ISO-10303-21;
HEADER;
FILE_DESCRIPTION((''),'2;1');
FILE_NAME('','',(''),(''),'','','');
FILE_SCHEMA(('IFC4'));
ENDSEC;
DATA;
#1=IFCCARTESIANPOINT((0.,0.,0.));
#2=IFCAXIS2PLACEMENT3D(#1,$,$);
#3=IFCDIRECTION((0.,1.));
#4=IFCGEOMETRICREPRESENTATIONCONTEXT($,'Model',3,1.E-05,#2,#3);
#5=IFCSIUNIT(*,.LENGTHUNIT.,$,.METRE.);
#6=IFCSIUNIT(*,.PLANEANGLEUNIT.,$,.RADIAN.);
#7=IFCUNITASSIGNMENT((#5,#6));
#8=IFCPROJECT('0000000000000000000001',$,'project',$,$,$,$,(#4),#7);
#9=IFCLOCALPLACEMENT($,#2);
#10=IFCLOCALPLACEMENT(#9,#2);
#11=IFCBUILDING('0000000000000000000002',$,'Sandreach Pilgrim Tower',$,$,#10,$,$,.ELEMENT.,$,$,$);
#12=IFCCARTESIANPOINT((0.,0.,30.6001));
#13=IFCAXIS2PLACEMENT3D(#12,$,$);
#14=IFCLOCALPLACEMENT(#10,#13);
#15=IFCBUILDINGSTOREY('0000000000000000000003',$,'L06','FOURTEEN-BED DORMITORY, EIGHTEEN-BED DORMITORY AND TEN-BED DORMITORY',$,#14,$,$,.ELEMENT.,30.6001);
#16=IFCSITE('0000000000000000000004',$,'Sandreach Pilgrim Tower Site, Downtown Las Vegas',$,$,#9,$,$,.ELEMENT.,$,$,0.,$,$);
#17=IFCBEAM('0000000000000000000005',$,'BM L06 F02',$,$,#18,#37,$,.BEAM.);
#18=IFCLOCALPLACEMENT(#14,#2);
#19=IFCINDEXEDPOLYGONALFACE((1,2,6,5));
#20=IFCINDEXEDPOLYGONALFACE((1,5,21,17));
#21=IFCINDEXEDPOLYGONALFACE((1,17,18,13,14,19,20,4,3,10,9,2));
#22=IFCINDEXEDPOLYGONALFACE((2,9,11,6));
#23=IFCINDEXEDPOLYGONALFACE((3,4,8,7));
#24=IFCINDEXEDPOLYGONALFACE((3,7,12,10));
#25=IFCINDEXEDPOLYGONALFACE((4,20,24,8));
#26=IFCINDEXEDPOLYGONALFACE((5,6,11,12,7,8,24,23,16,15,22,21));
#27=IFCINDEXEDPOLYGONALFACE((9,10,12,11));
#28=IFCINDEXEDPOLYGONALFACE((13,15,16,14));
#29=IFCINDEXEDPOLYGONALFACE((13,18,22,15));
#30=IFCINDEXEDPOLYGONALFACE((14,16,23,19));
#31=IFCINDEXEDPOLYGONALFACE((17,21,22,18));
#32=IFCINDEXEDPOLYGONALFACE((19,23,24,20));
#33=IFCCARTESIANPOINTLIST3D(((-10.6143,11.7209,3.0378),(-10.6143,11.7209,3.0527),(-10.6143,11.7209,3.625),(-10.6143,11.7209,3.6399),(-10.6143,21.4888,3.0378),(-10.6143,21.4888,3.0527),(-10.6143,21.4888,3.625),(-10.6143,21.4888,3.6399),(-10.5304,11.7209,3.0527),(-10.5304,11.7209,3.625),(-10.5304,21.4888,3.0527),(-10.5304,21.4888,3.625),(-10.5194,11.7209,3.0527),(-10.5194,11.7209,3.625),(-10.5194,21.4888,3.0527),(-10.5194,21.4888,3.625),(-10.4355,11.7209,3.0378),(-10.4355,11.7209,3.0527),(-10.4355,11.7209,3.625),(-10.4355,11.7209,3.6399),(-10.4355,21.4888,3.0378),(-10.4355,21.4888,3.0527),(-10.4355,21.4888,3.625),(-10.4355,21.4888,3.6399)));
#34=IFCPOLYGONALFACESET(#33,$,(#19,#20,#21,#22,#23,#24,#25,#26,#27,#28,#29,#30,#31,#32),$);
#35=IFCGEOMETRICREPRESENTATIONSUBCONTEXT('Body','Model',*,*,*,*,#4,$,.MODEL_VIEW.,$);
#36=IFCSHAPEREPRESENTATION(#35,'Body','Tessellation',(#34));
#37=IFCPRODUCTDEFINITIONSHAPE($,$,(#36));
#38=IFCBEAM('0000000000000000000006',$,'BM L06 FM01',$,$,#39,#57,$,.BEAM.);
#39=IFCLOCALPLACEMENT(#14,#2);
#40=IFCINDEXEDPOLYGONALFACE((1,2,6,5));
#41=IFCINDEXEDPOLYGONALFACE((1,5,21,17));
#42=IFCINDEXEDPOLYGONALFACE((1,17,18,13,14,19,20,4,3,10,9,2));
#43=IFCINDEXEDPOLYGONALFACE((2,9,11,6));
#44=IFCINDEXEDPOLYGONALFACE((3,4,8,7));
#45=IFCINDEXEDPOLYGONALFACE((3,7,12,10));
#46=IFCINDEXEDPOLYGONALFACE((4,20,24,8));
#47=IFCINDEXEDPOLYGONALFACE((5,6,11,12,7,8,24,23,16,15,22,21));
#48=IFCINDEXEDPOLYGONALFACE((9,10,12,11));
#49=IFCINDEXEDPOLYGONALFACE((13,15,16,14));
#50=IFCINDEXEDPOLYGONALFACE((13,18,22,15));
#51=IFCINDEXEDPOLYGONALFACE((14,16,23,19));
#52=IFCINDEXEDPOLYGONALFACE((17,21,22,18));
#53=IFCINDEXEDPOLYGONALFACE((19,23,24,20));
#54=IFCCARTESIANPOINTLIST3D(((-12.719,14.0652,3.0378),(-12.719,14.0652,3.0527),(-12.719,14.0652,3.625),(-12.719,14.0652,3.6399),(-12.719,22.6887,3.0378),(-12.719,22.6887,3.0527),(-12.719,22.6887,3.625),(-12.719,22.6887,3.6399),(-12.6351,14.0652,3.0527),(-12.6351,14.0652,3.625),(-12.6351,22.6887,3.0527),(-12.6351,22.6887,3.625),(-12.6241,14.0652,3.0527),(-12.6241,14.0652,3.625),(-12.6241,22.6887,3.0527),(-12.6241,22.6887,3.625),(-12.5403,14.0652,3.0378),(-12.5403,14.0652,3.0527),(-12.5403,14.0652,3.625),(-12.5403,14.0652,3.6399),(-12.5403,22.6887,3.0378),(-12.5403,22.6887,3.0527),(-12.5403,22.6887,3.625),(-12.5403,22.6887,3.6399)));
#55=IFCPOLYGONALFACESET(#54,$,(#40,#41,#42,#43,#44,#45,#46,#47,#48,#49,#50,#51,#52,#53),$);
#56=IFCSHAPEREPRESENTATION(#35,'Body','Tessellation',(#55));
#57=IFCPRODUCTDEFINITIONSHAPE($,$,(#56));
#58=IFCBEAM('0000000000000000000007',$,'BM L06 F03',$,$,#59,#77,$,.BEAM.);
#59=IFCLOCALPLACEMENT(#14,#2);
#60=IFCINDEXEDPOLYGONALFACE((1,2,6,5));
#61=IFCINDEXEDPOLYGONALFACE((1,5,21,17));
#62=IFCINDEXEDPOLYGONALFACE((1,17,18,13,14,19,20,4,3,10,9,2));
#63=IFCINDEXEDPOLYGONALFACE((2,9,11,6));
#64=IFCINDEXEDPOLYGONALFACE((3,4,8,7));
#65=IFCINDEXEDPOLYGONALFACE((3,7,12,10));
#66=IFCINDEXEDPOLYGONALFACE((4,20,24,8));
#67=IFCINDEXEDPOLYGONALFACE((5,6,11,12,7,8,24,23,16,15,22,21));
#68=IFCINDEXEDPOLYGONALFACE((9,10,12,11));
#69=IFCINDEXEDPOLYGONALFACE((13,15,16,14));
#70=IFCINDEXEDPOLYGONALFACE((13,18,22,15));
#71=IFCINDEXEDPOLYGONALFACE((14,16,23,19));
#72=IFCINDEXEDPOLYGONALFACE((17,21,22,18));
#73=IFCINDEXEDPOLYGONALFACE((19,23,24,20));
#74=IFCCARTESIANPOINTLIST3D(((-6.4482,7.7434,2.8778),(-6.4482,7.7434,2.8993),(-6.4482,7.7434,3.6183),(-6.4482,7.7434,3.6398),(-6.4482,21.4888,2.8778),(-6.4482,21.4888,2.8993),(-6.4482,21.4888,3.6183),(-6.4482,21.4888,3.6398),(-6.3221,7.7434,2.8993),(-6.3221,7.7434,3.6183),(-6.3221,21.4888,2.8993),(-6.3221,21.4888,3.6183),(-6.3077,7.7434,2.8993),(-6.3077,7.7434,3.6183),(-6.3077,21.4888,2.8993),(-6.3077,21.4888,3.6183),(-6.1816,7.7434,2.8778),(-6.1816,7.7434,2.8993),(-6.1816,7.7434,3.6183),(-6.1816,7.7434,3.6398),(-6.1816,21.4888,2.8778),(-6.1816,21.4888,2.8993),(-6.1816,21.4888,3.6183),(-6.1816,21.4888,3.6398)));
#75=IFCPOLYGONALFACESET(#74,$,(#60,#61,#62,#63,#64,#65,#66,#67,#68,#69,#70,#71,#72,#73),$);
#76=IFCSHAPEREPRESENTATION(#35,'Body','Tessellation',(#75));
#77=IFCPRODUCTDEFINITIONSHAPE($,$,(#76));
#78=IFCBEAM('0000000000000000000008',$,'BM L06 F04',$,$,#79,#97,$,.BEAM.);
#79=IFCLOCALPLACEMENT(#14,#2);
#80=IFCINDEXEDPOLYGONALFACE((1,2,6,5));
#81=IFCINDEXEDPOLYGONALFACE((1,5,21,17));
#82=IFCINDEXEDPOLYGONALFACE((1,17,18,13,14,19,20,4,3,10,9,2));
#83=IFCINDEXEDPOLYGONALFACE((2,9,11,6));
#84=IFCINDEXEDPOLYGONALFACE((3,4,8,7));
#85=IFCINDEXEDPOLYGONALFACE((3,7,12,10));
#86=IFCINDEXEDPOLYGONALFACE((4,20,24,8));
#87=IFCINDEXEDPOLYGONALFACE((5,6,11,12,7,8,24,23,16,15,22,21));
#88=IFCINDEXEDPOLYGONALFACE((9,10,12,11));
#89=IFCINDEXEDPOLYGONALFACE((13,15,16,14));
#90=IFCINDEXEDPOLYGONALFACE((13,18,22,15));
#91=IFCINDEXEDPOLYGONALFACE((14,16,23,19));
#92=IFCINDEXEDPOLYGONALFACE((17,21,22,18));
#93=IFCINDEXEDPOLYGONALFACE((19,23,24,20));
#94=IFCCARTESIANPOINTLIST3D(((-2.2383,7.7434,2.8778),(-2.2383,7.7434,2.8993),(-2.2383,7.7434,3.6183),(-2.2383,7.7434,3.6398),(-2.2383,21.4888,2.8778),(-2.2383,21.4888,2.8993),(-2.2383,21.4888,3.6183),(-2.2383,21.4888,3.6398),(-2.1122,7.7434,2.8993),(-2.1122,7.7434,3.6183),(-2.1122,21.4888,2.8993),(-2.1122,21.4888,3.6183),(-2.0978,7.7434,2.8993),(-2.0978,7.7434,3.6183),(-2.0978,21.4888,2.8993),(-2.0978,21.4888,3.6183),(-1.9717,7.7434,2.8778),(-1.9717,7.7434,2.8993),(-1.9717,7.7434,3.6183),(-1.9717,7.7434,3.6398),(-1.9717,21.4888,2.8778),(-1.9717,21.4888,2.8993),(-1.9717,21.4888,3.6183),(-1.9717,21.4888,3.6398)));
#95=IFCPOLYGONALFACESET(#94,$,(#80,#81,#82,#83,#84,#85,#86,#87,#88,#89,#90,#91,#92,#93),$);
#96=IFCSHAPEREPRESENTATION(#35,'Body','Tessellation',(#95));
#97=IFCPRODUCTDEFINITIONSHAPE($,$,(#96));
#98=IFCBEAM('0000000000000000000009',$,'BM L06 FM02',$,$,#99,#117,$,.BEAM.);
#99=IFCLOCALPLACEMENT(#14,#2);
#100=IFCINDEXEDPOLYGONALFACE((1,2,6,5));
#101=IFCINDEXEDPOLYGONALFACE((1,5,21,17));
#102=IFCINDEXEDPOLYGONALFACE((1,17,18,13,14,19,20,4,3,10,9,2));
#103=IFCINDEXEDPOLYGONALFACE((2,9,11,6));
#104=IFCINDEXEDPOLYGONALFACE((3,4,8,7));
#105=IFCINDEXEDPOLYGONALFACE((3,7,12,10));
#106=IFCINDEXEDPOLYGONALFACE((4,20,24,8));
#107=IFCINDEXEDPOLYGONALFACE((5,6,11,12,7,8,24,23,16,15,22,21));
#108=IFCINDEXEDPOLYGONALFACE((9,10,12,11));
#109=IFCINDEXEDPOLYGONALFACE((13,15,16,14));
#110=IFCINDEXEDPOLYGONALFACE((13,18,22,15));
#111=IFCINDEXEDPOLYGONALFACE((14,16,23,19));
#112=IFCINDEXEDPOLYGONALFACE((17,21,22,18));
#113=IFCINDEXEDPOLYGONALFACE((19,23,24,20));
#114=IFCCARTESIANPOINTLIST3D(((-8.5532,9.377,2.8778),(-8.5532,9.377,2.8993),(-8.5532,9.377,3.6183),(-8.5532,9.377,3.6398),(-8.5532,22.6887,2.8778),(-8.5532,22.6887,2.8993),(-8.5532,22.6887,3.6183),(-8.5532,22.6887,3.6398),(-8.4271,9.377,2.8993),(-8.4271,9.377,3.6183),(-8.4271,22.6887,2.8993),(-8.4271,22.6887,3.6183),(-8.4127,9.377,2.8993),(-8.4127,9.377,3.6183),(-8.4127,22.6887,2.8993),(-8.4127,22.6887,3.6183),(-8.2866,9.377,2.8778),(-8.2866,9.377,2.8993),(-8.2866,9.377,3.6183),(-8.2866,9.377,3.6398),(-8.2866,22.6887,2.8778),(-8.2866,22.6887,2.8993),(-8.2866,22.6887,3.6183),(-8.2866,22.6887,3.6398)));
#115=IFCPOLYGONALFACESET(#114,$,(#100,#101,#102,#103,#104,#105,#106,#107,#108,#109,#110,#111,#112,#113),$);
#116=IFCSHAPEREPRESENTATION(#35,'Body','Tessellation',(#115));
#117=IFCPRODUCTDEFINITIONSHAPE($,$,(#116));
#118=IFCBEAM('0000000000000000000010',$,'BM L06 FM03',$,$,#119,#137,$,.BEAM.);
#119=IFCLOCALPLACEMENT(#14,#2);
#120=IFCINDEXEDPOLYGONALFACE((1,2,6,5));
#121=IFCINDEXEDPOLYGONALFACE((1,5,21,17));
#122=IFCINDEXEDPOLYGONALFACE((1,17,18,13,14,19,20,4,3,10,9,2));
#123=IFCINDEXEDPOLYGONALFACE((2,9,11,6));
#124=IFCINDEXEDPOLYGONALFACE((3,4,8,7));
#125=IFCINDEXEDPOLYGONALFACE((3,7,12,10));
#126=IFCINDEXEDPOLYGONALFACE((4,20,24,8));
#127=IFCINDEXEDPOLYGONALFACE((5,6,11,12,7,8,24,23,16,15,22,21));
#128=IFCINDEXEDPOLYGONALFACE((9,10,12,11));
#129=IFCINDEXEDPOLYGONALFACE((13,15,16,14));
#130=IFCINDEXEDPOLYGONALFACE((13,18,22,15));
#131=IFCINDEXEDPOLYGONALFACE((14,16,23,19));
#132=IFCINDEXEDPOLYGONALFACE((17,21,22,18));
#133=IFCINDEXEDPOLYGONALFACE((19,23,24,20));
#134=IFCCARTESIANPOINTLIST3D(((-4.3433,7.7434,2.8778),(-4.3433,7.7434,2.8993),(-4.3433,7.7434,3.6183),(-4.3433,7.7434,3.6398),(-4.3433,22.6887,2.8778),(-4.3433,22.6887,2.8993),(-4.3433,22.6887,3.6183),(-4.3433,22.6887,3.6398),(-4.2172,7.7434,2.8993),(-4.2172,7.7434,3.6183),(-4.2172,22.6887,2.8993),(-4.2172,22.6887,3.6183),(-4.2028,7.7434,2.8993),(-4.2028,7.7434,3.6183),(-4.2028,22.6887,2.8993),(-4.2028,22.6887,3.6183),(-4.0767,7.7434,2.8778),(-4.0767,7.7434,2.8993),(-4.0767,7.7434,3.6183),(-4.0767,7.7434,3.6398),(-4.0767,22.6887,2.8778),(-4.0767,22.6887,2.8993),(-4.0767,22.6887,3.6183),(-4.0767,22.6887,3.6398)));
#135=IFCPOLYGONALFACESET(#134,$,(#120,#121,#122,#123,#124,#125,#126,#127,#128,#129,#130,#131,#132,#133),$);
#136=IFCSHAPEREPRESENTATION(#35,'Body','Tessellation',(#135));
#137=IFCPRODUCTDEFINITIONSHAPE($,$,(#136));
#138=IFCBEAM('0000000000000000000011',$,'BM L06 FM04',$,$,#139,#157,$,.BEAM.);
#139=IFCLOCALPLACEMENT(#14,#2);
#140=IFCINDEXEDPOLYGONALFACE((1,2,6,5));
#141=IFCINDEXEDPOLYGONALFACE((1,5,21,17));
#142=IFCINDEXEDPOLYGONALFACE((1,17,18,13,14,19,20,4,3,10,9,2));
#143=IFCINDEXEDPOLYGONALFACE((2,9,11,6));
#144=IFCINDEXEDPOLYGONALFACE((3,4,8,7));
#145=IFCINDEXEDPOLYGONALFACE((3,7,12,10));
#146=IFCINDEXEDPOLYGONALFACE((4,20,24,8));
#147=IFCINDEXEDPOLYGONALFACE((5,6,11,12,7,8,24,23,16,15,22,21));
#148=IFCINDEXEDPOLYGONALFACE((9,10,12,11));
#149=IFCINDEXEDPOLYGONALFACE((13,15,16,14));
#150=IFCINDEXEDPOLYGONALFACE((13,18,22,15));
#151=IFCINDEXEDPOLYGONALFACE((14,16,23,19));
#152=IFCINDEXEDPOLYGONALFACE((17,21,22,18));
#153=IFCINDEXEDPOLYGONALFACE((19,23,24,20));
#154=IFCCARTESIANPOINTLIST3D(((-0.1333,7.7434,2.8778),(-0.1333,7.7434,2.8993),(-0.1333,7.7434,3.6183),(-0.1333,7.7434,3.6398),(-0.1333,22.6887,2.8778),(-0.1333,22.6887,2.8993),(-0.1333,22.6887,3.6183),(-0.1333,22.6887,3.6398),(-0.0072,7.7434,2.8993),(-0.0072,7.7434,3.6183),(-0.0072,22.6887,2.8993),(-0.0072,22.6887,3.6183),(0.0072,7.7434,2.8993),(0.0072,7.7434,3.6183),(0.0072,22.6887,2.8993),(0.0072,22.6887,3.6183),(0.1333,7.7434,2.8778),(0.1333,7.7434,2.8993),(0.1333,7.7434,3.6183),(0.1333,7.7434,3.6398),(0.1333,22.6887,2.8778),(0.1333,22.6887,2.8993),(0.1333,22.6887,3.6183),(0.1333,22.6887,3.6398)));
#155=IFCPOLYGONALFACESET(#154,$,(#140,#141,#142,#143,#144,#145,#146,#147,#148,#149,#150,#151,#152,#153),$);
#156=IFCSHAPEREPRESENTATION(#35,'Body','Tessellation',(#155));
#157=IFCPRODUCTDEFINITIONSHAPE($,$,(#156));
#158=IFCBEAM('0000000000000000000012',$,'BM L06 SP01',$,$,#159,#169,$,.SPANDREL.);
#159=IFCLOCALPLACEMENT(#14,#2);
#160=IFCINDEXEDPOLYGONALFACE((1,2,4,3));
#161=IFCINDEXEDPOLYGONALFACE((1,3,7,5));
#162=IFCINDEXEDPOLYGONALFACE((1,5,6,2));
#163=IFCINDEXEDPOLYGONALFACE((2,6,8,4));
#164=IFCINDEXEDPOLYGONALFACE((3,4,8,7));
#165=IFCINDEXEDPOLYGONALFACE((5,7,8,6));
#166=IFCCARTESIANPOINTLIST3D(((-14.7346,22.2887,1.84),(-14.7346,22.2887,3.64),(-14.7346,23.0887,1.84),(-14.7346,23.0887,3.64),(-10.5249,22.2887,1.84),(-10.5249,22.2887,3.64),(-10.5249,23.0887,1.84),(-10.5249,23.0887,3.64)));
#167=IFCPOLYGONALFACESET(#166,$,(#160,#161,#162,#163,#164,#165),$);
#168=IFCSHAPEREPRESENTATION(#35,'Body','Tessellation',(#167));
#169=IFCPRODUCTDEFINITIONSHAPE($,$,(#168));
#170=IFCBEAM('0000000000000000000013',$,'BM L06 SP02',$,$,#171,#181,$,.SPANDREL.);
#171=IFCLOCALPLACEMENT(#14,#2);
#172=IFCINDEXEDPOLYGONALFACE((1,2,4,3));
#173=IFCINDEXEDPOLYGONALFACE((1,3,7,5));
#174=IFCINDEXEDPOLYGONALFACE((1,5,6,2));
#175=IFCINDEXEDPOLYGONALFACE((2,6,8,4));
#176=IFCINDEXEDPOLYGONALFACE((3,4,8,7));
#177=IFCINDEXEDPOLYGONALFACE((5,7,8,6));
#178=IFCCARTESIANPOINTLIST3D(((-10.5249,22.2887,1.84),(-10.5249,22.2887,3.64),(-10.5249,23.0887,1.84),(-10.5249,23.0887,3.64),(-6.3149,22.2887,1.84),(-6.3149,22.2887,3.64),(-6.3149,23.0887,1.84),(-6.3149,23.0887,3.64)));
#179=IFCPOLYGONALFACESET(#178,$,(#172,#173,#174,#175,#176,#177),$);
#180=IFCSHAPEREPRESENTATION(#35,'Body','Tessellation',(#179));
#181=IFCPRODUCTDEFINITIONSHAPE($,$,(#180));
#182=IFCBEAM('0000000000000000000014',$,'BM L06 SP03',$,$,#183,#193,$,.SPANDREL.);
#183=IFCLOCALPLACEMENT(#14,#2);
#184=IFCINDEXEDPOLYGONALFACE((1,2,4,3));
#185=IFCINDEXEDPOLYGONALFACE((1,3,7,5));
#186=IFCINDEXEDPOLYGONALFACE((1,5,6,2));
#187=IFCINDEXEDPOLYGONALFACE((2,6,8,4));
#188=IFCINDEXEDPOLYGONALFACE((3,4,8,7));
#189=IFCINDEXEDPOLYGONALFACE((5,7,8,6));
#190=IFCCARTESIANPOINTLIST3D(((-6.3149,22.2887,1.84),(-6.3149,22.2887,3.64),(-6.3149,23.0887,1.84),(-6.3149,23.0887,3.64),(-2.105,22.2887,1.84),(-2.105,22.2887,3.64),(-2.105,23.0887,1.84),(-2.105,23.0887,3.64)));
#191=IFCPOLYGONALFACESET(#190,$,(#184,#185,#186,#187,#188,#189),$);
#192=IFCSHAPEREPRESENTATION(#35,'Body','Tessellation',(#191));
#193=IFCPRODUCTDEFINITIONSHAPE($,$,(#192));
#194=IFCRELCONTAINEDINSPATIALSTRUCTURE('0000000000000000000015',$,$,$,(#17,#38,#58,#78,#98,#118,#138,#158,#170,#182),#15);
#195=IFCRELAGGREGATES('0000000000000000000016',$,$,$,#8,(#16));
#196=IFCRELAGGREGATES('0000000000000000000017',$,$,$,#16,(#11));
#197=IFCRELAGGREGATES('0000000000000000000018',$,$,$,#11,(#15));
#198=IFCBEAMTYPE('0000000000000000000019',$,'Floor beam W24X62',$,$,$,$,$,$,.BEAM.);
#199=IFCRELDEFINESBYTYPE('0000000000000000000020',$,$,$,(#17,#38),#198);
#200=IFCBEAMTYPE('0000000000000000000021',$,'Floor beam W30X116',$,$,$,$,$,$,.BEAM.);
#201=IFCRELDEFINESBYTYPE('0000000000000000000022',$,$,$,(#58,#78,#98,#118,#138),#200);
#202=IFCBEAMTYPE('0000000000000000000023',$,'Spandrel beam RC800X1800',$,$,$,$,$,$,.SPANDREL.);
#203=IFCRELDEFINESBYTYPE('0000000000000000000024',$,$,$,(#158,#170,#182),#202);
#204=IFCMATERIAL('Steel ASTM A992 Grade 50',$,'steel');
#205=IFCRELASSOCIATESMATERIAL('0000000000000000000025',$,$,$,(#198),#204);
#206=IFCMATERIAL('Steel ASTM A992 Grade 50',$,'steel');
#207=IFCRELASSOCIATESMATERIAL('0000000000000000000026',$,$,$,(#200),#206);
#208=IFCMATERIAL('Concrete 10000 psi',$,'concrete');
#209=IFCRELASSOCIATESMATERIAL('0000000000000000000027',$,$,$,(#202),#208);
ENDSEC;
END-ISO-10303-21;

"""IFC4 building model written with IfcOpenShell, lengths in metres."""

from ifc_helpers import new_model, si_unit, direction, frame, origin, origin_2d, place, context, subcontext, project, spatial, rectangle, i_section, extrude, material, material_profile, profile_set, type_object, element, save


model = new_model("IFC4")

# Units and contexts
model_context = context("Model", 3, precision=1e-05, world=origin(), true_north=direction((0.0, 1.0)))
body_context = subcontext(model_context, "Body", "Model", "MODEL_VIEW")
ifc_project = project(units=[si_unit("LENGTHUNIT", "METRE"), si_unit("PLANEANGLEUNIT", "RADIAN")], contexts=[model_context])

# Site, building, storey
site_placement = place(None, origin())
site = spatial("IfcSite", under=ifc_project, at=site_placement, Name="Sandreach Pilgrim Tower Site, Downtown Las Vegas", CompositionType="ELEMENT", RefElevation=0.0)
building_placement = place(site_placement, origin())
building = spatial("IfcBuilding", under=site, at=building_placement, Name="Sandreach Pilgrim Tower", CompositionType="ELEMENT")
storey_placement = place(building_placement, frame((0.0, 0.0, 30.6001)))
storey = spatial("IfcBuildingStorey", under=building, at=storey_placement, Name="L06", Description="FOURTEEN-BED DORMITORY, EIGHTEEN-BED DORMITORY AND TEN-BED DORMITORY", CompositionType="ELEMENT", Elevation=30.6001)

# Beams
ifc_material_1 = material(Name="Steel ASTM A992 Grade 50", Category="steel")
ifc_material_profile_1 = material_profile(ifc_material_1, i_section(OverallWidth=0.1787, OverallDepth=0.6021, WebThickness=0.011, FlangeThickness=0.0149, at=origin_2d()), Name="W24X62")
ifc_profile_set_1 = profile_set([ifc_material_profile_1], Name="Steel ASTM A992 Grade 50")
beam_type_1 = type_object("IfcBeamType", Name="Floor beam W24X62", PredefinedType="BEAM", material=ifc_profile_set_1)
beam_1_placement = place(storey_placement, frame((-10.5249, 21.4888, 3.3389), z_axis=(0.0, -1.0, 0.0), x_axis=(1.0, 0.0, 0.0)))
element("IfcBeam", 1, at=beam_1_placement, inside=storey, type_object=beam_type_1, Name="BM L06 F02", PredefinedType="BEAM", context=body_context, shape_type="SweptSolid", body=[
    extrude(i_section(OverallWidth=0.1787, OverallDepth=0.6021, WebThickness=0.011, FlangeThickness=0.0149, at=origin_2d()), origin(), (0.0, 0.0, 1.0), 9.7678),
])
beam_2_placement = place(storey_placement, frame((-12.6296, 22.6887, 3.3389), z_axis=(0.0, -1.0, 0.0), x_axis=(1.0, 0.0, 0.0)))
element("IfcBeam", 2, at=beam_2_placement, inside=storey, type_object=beam_type_1, Name="BM L06 FM01", PredefinedType="BEAM", context=body_context, shape_type="SweptSolid", body=[
    extrude(i_section(OverallWidth=0.1787, OverallDepth=0.6021, WebThickness=0.011, FlangeThickness=0.0149, at=origin_2d()), origin(), (0.0, 0.0, 1.0), 8.6235),
])
ifc_material_2 = material(Name="Steel ASTM A992 Grade 50", Category="steel")
ifc_material_profile_2 = material_profile(ifc_material_2, i_section(OverallWidth=0.2666, OverallDepth=0.762, WebThickness=0.0144, FlangeThickness=0.0215, at=origin_2d()), Name="W30X116")
ifc_profile_set_2 = profile_set([ifc_material_profile_2], Name="Steel ASTM A992 Grade 50")
beam_type_2 = type_object("IfcBeamType", Name="Floor beam W30X116", PredefinedType="BEAM", material=ifc_profile_set_2)
for number, where, z_axis, x_axis, name in (
    (3, (-6.3149, 21.4888, 3.2588), (0.0, -1.0, 0.0), (1.0, 0.0, 0.0), "BM L06 F03"),
    (4, (-2.105, 21.4888, 3.2588), (0.0, -1.0, 0.0), (1.0, 0.0, 0.0), "BM L06 F04"),
):
    element("IfcBeam", number, at=place(storey_placement, frame(where, z_axis=z_axis, x_axis=x_axis)), inside=storey, type_object=beam_type_2, Name=name, PredefinedType="BEAM", context=body_context, shape_type="SweptSolid", body=[
        extrude(i_section(OverallWidth=0.2666, OverallDepth=0.762, WebThickness=0.0144, FlangeThickness=0.0215, at=origin_2d()), origin(), (0.0, 0.0, 1.0), 13.7454),
    ])
beam_3_placement = place(storey_placement, frame((-8.4199, 22.6887, 3.2588), z_axis=(0.0, -1.0, 0.0), x_axis=(1.0, 0.0, 0.0)))
element("IfcBeam", 5, at=beam_3_placement, inside=storey, type_object=beam_type_2, Name="BM L06 FM02", PredefinedType="BEAM", context=body_context, shape_type="SweptSolid", body=[
    extrude(i_section(OverallWidth=0.2666, OverallDepth=0.762, WebThickness=0.0144, FlangeThickness=0.0215, at=origin_2d()), origin(), (0.0, 0.0, 1.0), 13.3118),
])
for number, where, z_axis, x_axis, name in (
    (6, (-4.21, 22.6887, 3.2588), (0.0, -1.0, 0.0), (1.0, 0.0, 0.0), "BM L06 FM03"),
    (7, (0.0, 22.6887, 3.2588), (0.0, -1.0, 0.0), (1.0, 0.0, 0.0), "BM L06 FM04"),
):
    element("IfcBeam", number, at=place(storey_placement, frame(where, z_axis=z_axis, x_axis=x_axis)), inside=storey, type_object=beam_type_2, Name=name, PredefinedType="BEAM", context=body_context, shape_type="SweptSolid", body=[
        extrude(i_section(OverallWidth=0.2666, OverallDepth=0.762, WebThickness=0.0144, FlangeThickness=0.0215, at=origin_2d()), origin(), (0.0, 0.0, 1.0), 14.9453),
    ])
ifc_material_3 = material(Name="Concrete 10000 psi", Category="concrete")
ifc_material_profile_3 = material_profile(ifc_material_3, rectangle(XDim=0.8, YDim=1.8, at=origin_2d()), Name="RC800X1800")
ifc_profile_set_3 = profile_set([ifc_material_profile_3], Name="Concrete 10000 psi")
beam_type_3 = type_object("IfcBeamType", Name="Spandrel beam RC800X1800", PredefinedType="SPANDREL", material=ifc_profile_set_3)
beam_4_placement = place(storey_placement, frame((-14.7346, 22.6887, 2.74), z_axis=(1.0, 0.0, 0.0), x_axis=(0.0, 1.0, 0.0)))
element("IfcBeam", 8, at=beam_4_placement, inside=storey, type_object=beam_type_3, Name="BM L06 SP01", PredefinedType="SPANDREL", context=body_context, shape_type="SweptSolid", body=[
    extrude(rectangle(XDim=0.8, YDim=1.8, at=origin_2d()), origin(), (0.0, 0.0, 1.0), 4.2097),
])
for number, where, z_axis, x_axis, name in (
    (9, (-10.5249, 22.6887, 2.74), (1.0, 0.0, 0.0), (0.0, 1.0, 0.0), "BM L06 SP02"),
    (10, (-6.3149, 22.6887, 2.74), (1.0, 0.0, 0.0), (0.0, 1.0, 0.0), "BM L06 SP03"),
):
    element("IfcBeam", number, at=place(storey_placement, frame(where, z_axis=z_axis, x_axis=x_axis)), inside=storey, type_object=beam_type_3, Name=name, PredefinedType="SPANDREL", context=body_context, shape_type="SweptSolid", body=[
        extrude(rectangle(XDim=0.8, YDim=1.8, at=origin_2d()), origin(), (0.0, 0.0, 1.0), 4.21),
    ])

save(model, "model.ifc")
